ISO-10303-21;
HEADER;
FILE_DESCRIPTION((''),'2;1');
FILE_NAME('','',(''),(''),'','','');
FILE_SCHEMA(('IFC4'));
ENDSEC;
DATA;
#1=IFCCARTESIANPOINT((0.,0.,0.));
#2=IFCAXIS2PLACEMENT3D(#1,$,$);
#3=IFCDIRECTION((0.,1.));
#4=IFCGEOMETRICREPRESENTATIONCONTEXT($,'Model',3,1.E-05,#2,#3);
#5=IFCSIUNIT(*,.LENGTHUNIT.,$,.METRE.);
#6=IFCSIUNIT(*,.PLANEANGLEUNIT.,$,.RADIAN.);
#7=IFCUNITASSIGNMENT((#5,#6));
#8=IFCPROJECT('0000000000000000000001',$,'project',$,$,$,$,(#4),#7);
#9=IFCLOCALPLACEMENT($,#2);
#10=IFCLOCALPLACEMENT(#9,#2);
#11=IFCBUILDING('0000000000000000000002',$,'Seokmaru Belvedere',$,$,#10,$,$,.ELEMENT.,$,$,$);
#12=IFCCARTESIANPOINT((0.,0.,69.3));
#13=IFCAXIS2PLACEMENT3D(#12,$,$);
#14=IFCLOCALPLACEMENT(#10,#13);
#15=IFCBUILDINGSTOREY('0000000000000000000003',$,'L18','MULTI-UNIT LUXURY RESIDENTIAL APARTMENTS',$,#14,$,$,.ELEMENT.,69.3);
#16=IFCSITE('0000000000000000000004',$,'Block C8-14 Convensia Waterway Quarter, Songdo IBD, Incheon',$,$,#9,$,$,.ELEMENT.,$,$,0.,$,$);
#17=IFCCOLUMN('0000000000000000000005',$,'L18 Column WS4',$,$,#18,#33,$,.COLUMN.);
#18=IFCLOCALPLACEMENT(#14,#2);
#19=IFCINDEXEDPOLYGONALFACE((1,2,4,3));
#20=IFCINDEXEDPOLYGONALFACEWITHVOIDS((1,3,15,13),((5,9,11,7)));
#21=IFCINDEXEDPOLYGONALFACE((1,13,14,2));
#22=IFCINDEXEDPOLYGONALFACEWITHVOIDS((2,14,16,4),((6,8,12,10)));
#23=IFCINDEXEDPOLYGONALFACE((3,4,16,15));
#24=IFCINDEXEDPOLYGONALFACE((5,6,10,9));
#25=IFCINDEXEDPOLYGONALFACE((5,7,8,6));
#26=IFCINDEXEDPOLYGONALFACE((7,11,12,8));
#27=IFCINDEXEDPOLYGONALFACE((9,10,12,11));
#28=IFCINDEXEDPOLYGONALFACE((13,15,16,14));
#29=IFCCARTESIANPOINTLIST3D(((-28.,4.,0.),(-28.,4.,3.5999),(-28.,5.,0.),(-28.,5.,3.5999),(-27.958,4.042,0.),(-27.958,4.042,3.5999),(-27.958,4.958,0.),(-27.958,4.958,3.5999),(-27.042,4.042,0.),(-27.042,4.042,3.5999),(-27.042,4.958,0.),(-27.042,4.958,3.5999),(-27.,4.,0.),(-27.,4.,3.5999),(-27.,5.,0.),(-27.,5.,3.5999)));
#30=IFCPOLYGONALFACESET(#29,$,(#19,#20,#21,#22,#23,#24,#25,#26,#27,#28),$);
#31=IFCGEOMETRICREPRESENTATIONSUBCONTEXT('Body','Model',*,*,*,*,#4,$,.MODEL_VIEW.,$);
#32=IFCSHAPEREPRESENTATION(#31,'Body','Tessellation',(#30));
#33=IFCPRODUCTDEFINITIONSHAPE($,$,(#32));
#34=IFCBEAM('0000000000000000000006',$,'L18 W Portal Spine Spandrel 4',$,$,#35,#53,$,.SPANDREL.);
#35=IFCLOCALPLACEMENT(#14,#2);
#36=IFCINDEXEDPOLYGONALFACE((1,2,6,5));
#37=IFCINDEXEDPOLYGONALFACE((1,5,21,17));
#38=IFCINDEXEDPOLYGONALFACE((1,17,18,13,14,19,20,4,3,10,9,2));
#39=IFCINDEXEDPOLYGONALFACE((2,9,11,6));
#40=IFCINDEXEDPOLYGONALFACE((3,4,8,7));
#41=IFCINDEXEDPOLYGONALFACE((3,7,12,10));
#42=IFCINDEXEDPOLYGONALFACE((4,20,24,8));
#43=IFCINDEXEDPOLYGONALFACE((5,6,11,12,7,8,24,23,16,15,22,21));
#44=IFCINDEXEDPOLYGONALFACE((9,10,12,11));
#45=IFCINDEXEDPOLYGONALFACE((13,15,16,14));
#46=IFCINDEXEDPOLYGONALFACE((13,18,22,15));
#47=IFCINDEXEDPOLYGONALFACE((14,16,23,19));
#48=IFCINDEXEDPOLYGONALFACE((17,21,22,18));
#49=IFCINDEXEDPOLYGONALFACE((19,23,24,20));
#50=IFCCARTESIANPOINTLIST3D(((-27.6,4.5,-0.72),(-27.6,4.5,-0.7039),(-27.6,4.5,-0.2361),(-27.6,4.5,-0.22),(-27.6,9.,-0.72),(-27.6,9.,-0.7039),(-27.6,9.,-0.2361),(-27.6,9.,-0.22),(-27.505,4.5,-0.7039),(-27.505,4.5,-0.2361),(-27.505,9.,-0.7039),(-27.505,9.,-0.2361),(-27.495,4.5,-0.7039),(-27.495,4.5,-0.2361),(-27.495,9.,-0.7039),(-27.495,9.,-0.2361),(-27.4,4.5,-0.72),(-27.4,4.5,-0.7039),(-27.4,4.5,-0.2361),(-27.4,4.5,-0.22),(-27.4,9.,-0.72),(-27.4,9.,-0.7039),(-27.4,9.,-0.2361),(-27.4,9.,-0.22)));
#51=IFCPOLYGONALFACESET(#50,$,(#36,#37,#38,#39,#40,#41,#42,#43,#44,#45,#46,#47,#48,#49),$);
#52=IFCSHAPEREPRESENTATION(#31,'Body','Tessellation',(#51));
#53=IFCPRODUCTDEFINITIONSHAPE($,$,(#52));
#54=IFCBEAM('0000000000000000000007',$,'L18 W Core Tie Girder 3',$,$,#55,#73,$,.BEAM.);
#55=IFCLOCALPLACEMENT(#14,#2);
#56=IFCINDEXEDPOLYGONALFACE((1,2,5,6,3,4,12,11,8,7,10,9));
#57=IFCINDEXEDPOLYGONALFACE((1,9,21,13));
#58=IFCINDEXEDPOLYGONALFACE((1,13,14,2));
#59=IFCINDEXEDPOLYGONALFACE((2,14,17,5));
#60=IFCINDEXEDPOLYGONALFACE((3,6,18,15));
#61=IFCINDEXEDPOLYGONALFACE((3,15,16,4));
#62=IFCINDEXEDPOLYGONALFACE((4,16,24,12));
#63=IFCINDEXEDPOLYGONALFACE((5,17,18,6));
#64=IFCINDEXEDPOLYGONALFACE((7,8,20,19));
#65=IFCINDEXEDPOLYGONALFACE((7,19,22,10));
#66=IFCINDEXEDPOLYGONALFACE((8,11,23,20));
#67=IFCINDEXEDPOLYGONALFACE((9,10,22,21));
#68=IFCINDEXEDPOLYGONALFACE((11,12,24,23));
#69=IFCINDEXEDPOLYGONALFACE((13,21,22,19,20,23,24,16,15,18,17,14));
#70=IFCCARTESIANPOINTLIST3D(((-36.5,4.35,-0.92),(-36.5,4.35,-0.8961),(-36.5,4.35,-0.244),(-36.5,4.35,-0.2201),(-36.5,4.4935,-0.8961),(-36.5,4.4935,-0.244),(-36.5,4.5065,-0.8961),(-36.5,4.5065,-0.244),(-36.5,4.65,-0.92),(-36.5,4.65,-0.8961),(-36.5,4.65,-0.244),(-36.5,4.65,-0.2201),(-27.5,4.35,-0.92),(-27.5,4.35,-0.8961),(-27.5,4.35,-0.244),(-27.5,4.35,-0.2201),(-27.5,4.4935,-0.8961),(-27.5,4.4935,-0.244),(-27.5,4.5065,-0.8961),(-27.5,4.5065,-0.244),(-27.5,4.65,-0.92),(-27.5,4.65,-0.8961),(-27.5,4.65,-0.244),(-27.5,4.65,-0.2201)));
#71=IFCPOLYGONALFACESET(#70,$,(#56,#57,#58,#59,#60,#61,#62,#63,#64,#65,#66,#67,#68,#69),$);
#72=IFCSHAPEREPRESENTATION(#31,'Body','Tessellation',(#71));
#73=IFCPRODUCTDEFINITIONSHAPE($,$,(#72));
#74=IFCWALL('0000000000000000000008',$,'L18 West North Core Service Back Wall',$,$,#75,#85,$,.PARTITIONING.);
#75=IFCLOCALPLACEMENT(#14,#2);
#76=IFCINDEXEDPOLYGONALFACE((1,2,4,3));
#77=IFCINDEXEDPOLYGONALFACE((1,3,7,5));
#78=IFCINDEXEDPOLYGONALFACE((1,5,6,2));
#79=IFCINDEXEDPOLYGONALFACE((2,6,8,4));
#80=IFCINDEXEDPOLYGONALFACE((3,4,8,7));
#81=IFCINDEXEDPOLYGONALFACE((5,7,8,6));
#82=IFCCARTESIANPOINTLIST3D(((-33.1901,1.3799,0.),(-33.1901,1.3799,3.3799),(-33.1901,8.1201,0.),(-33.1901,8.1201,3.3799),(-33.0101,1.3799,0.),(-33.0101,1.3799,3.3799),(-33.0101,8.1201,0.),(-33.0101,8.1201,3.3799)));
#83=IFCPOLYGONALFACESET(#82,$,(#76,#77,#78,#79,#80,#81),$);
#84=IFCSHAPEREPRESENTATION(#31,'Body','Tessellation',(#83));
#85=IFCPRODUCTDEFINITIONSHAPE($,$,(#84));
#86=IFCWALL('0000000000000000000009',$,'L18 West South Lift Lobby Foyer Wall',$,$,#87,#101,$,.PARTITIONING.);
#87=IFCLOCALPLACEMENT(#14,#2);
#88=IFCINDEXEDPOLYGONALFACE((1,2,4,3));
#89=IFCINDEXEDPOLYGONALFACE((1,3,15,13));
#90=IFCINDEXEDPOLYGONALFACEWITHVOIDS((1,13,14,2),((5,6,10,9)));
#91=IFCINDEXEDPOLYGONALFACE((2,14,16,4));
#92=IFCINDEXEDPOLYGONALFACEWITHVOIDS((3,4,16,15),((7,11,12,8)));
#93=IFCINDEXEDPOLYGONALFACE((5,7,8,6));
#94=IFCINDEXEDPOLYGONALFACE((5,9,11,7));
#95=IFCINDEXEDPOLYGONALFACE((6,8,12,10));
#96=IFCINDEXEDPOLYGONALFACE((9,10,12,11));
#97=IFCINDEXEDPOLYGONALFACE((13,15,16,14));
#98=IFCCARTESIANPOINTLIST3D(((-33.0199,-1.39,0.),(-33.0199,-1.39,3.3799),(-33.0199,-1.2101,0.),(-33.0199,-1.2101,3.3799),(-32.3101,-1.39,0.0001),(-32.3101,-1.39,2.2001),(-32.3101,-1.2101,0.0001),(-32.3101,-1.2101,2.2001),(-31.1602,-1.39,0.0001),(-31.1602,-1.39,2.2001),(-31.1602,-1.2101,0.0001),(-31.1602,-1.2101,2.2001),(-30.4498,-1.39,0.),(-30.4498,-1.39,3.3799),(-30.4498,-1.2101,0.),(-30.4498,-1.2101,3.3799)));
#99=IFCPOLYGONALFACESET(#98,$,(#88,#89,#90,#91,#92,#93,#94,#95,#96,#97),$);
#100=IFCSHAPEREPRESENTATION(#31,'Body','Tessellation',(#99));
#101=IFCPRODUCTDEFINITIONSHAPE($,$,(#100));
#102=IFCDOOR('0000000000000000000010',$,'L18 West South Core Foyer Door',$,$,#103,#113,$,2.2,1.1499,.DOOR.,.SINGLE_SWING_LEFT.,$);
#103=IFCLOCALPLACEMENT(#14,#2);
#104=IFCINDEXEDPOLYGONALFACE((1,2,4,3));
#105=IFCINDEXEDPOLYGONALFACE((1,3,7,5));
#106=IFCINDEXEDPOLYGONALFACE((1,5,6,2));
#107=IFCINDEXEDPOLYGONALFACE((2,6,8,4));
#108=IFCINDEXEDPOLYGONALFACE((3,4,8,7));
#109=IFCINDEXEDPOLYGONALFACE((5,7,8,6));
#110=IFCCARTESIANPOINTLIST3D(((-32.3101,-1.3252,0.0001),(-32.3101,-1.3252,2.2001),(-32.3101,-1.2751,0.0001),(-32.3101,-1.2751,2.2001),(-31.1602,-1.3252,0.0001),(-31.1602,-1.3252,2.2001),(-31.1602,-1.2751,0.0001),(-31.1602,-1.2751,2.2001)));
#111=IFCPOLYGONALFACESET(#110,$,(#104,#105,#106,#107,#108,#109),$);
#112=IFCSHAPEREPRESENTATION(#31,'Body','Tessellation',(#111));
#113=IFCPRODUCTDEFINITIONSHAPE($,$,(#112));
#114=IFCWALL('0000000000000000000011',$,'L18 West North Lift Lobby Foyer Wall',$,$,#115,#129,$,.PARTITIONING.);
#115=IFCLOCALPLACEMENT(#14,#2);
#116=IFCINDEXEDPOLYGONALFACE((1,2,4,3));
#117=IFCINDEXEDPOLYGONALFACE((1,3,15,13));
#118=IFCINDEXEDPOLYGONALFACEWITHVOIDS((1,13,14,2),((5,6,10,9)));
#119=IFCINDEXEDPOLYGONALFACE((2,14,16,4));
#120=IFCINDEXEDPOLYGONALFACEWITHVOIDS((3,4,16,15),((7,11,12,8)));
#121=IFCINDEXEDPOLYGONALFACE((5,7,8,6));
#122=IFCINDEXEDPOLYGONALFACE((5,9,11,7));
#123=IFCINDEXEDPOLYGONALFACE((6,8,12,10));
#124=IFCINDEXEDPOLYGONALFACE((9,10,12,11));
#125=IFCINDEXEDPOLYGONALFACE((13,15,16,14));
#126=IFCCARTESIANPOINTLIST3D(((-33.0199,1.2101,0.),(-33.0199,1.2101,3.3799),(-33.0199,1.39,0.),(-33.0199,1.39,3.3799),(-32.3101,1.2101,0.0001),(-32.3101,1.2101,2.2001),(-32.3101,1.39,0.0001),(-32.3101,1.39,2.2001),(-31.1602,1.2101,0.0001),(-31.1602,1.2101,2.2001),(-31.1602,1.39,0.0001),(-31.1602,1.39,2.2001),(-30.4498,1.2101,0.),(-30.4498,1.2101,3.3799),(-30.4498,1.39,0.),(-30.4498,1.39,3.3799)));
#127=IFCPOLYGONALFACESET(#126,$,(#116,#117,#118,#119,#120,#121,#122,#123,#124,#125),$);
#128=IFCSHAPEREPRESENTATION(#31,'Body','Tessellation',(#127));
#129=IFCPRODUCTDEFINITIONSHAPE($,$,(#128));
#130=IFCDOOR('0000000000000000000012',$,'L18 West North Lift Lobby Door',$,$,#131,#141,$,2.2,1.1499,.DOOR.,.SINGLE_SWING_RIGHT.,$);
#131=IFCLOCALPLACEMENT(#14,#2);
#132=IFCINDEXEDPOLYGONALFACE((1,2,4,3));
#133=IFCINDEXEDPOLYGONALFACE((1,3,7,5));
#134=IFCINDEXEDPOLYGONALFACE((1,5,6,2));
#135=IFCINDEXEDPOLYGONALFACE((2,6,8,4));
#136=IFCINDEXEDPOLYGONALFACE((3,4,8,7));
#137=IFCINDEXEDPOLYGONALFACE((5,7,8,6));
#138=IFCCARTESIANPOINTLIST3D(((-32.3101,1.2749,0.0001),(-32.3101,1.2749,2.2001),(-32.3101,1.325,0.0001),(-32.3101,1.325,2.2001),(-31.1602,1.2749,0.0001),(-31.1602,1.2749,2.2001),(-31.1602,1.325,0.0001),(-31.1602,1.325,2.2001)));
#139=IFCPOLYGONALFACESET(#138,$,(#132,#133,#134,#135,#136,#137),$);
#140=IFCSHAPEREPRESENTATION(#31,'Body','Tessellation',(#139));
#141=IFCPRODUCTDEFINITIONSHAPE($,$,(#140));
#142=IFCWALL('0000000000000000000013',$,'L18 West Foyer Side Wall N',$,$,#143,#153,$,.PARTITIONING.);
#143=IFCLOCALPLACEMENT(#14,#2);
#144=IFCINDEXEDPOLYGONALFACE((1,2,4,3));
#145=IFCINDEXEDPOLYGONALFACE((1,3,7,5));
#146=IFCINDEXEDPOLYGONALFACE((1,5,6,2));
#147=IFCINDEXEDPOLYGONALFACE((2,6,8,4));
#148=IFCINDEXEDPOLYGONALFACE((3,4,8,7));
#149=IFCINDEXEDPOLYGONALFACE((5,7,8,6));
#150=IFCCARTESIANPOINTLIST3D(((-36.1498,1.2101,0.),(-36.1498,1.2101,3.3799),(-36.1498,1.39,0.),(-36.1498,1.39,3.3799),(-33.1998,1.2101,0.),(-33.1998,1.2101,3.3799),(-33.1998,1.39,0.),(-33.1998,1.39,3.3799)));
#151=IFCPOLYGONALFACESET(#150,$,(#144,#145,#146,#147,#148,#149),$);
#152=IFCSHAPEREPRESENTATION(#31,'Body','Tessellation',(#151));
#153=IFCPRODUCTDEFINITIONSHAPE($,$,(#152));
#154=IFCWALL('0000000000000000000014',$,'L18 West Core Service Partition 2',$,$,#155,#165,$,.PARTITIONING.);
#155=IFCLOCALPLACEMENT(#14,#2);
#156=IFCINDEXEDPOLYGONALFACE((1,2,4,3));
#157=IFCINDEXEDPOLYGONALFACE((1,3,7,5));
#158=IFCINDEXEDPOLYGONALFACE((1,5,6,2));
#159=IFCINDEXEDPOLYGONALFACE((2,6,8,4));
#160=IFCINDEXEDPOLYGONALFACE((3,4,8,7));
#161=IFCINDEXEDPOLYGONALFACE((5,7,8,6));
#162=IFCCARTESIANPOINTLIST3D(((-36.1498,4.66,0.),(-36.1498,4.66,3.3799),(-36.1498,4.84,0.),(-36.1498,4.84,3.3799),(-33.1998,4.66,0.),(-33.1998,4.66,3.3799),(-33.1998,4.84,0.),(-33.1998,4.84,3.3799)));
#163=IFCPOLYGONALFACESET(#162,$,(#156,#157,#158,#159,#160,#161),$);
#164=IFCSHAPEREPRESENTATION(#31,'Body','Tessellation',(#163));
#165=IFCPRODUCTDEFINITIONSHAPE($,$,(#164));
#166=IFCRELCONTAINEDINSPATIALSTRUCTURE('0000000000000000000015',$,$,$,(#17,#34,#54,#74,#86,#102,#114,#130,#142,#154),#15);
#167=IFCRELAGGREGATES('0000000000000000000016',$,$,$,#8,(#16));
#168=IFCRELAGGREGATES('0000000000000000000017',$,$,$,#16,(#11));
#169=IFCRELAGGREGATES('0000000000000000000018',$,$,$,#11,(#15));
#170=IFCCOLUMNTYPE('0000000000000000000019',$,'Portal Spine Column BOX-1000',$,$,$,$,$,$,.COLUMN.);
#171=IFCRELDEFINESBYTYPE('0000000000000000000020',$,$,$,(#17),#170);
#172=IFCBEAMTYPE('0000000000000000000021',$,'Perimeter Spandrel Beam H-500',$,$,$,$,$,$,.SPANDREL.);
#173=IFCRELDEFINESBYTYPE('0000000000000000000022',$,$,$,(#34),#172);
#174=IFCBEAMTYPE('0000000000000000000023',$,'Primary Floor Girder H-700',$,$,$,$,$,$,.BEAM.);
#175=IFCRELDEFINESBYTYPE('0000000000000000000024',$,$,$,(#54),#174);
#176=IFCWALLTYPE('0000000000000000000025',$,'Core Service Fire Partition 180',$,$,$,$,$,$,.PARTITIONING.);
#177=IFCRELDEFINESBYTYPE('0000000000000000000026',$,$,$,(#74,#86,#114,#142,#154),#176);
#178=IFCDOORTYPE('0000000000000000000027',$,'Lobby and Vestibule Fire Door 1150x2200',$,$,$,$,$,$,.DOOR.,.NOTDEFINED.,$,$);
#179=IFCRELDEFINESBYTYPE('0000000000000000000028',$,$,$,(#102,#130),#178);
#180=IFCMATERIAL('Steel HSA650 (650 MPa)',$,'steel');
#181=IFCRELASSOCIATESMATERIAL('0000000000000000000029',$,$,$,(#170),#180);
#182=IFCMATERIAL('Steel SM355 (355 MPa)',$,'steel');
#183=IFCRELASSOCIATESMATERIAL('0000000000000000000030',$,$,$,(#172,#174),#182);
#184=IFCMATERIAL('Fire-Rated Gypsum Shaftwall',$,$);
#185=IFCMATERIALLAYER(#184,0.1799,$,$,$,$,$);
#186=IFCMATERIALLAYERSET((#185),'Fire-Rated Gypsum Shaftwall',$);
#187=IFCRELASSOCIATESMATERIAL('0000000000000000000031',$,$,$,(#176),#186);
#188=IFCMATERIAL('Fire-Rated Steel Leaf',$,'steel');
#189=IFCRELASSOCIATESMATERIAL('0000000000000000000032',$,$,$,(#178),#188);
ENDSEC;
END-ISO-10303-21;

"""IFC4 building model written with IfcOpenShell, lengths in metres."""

from ifc_helpers import new_model, si_unit, direction, frame, frame_2d, origin, origin_2d, place, context, subcontext, project, spatial, rectangle, hollow_rectangle, i_section, extrude, source, transform, mapped, material, layer, layer_set, material_profile, profile_set, type_object, type_shapes, element, fill, save


model = new_model("IFC4")

# Units and contexts
model_context = context("Model", 3, precision=1e-05, world=origin(), true_north=direction((0.0, 1.0)))
body_context = subcontext(model_context, "Body", "Model", "MODEL_VIEW")
ifc_project = project(units=[si_unit("LENGTHUNIT", "METRE"), si_unit("PLANEANGLEUNIT", "RADIAN")], contexts=[model_context])

# Site, building, storey
site_placement = place(None, origin())
site = spatial("IfcSite", under=ifc_project, at=site_placement, Name="Block C8-14 Convensia Waterway Quarter, Songdo IBD, Incheon", CompositionType="ELEMENT", RefElevation=0.0)
building_placement = place(site_placement, origin())
building = spatial("IfcBuilding", under=site, at=building_placement, Name="Seokmaru Belvedere", CompositionType="ELEMENT")
storey_placement = place(building_placement, frame((0.0, 0.0, 69.3)))
storey = spatial("IfcBuildingStorey", under=building, at=storey_placement, Name="L18", Description="MULTI-UNIT LUXURY RESIDENTIAL APARTMENTS", CompositionType="ELEMENT", Elevation=69.3)

# Column
ifc_material_1 = material(Name="Steel HSA650 (650 MPa)", Category="steel")
ifc_material_profile_1 = material_profile(ifc_material_1, hollow_rectangle(XDim=1.0, YDim=1.0, WallThickness=0.042, at=origin_2d()), Name="BOX-1000x1000x42")
ifc_profile_set_1 = profile_set([ifc_material_profile_1], Name="Steel HSA650 (650 MPa)")
column_type = type_object("IfcColumnType", Name="Portal Spine Column BOX-1000", PredefinedType="COLUMN", material=ifc_profile_set_1)
shared_shape_1 = source(origin(), body_context, "Body", "SweptSolid", [
    extrude(hollow_rectangle(XDim=1.0, YDim=1.0, WallThickness=0.042, at=origin_2d()), origin(), (0.0, 0.0, 1.0), 3.5999),
])
type_shapes(column_type, [shared_shape_1])
column_placement = place(storey_placement, frame((-27.5, 4.5, 0.0), z_axis=(0.0, 0.0, 1.0), x_axis=(1.0, 0.0, 0.0)))
element("IfcColumn", 1, at=column_placement, inside=storey, type_object=column_type, Name="L18 Column WS4", PredefinedType="COLUMN", context=body_context, shape_type="MappedRepresentation", body=[
    mapped(shared_shape_1, transform((0.0, 0.0, 0.0), scale=1.0)),
])

# Beams
ifc_material_2 = material(Name="Steel SM355 (355 MPa)", Category="steel")
ifc_material_profile_2 = material_profile(ifc_material_2, i_section(OverallWidth=0.2, OverallDepth=0.5, WebThickness=0.01, FlangeThickness=0.0161, at=origin_2d()), Name="H-500x200x10x16")
ifc_profile_set_2 = profile_set([ifc_material_profile_2], Name="Steel SM355 (355 MPa)")
beam_type_1 = type_object("IfcBeamType", Name="Perimeter Spandrel Beam H-500", PredefinedType="SPANDREL", material=ifc_profile_set_2)
shared_shape_2 = source(origin(), body_context, "Body", "SweptSolid", [
    extrude(i_section(OverallWidth=0.2, OverallDepth=0.5, WebThickness=0.01, FlangeThickness=0.0161, at=origin_2d()), origin(), (0.0, 0.0, 1.0), 4.5),
])
type_shapes(beam_type_1, [shared_shape_2])
beam_1_placement = place(storey_placement, frame((-27.5, 4.5, -0.47), z_axis=(0.0, 1.0, 0.0), x_axis=(-1.0, 0.0, 0.0)))
element("IfcBeam", 2, at=beam_1_placement, inside=storey, type_object=beam_type_1, Name="L18 W Portal Spine Spandrel 4", PredefinedType="SPANDREL", context=body_context, shape_type="MappedRepresentation", body=[
    mapped(shared_shape_2, transform((0.0, 0.0, 0.0), scale=1.0)),
])
ifc_material_profile_3 = material_profile(ifc_material_2, i_section(OverallWidth=0.3, OverallDepth=0.7, WebThickness=0.0129, FlangeThickness=0.0239, at=origin_2d()), Name="H-700x300x13x24")
ifc_profile_set_3 = profile_set([ifc_material_profile_3], Name="Steel SM355 (355 MPa)")
beam_type_2 = type_object("IfcBeamType", Name="Primary Floor Girder H-700", PredefinedType="BEAM", material=ifc_profile_set_3)
shared_shape_3 = source(origin(), body_context, "Body", "SweptSolid", [
    extrude(i_section(OverallWidth=0.3, OverallDepth=0.7, WebThickness=0.0129, FlangeThickness=0.0239, at=origin_2d()), origin(), (0.0, 0.0, 1.0), 9.0),
])
type_shapes(beam_type_2, [shared_shape_3])
beam_2_placement = place(storey_placement, frame((-36.5, 4.5, -0.5701), z_axis=(1.0, 0.0, 0.0), x_axis=(0.0, 1.0, 0.0)))
element("IfcBeam", 3, at=beam_2_placement, inside=storey, type_object=beam_type_2, Name="L18 W Core Tie Girder 3", PredefinedType="BEAM", context=body_context, shape_type="MappedRepresentation", body=[
    mapped(shared_shape_3, transform((0.0, 0.0, 0.0), scale=1.0)),
])

# Wall
ifc_material_3 = material(Name="Fire-Rated Gypsum Shaftwall")
ifc_layer_1 = layer(ifc_material_3, 0.1799)
ifc_layer_set_1 = layer_set([ifc_layer_1], Name="Fire-Rated Gypsum Shaftwall")
wall_type_1 = type_object("IfcWallType", Name="Core Service Fire Partition 180", PredefinedType="PARTITIONING", material=ifc_layer_set_1)
wall_1_placement = place(storey_placement, frame((-33.1001, 1.3799, 0.0), z_axis=(0.0, 0.0, 1.0), x_axis=(0.0, 1.0, 0.0)))
element("IfcWall", 4, at=wall_1_placement, inside=storey, type_object=wall_type_1, Name="L18 West North Core Service Back Wall", PredefinedType="PARTITIONING", context=body_context, shape_type="SweptSolid", body=[
    extrude(rectangle(XDim=6.7402, YDim=0.1799, at=frame_2d((3.3701, 0.0))), origin(), (0.0, 0.0, 1.0), 3.3799),
])

# Walls, openings, doors
wall_2_placement = place(storey_placement, frame((-33.02, -1.3, 0.0), z_axis=(0.0, 0.0, 1.0), x_axis=(1.0, 0.0, 0.0)))
wall_2 = element("IfcWall", 5, at=wall_2_placement, inside=storey, type_object=wall_type_1, Name="L18 West South Lift Lobby Foyer Wall", PredefinedType="PARTITIONING", context=body_context, shape_type="SweptSolid", body=[
    extrude(rectangle(XDim=2.5701, YDim=0.1799, at=frame_2d((1.2852, 0.0))), origin(), (0.0, 0.0, 1.0), 3.3799),
])
opening_1_placement = place(wall_2_placement, frame((0.71, 0.0, 0.0)))
opening_1 = element("IfcOpeningElement", 6, at=opening_1_placement, cuts=wall_2, PredefinedType="OPENING", context=body_context, shape_type="SweptSolid", body=[
    extrude(rectangle(XDim=1.1499, YDim=2.2, at=frame_2d((0.575, 1.1001))), frame((0.0, 0.1001, 0.0), z_axis=(0.0, -1.0, 0.0), x_axis=(1.0, 0.0, 0.0)), (0.0, 0.0, 1.0), 0.2),
])
ifc_material_4 = material(Name="Fire-Rated Steel Leaf", Category="steel")
door_type_1 = type_object("IfcDoorType", Name="Lobby and Vestibule Fire Door 1150x2200", OperationType="NOTDEFINED", PredefinedType="DOOR", material=ifc_material_4)
shared_shape_4 = source(origin(), body_context, "Body", "SweptSolid", [
    extrude(rectangle(XDim=1.1499, YDim=2.2, at=frame_2d((0.575, 1.1001))), frame((0.0, 0.0249, 0.0), z_axis=(0.0, -1.0, 0.0), x_axis=(1.0, 0.0, 0.0)), (0.0, 0.0, 1.0), 0.05),
])
type_shapes(door_type_1, [shared_shape_4])
door_1_placement = place(opening_1_placement, origin())
door_1 = element("IfcDoor", 7, at=door_1_placement, inside=storey, type_object=door_type_1, Name="L18 West South Core Foyer Door", OperationType="SINGLE_SWING_LEFT", OverallHeight=2.2, OverallWidth=1.1499, PredefinedType="DOOR", context=body_context, shape_type="MappedRepresentation", body=[
    mapped(shared_shape_4, transform((0.0, 0.0, 0.0), scale=1.0)),
])
fill(opening_1, door_1)
wall_3_placement = place(storey_placement, frame((-33.02, 1.3, 0.0), z_axis=(0.0, 0.0, 1.0), x_axis=(1.0, 0.0, 0.0)))
wall_3 = element("IfcWall", 8, at=wall_3_placement, inside=storey, type_object=wall_type_1, Name="L18 West North Lift Lobby Foyer Wall", PredefinedType="PARTITIONING", context=body_context, shape_type="SweptSolid", body=[
    extrude(rectangle(XDim=2.5701, YDim=0.1799, at=frame_2d((1.2852, 0.0))), origin(), (0.0, 0.0, 1.0), 3.3799),
])
opening_2_placement = place(wall_3_placement, frame((0.71, 0.0, 0.0)))
opening_2 = element("IfcOpeningElement", 9, at=opening_2_placement, cuts=wall_3, PredefinedType="OPENING", context=body_context, shape_type="SweptSolid", body=[
    extrude(rectangle(XDim=1.1499, YDim=2.2, at=frame_2d((0.575, 1.1001))), frame((0.0, 0.1001, 0.0), z_axis=(0.0, -1.0, 0.0), x_axis=(1.0, 0.0, 0.0)), (0.0, 0.0, 1.0), 0.2),
])
door_2_placement = place(opening_2_placement, origin())
door_2 = element("IfcDoor", 10, at=door_2_placement, inside=storey, type_object=door_type_1, Name="L18 West North Lift Lobby Door", OperationType="SINGLE_SWING_RIGHT", OverallHeight=2.2, OverallWidth=1.1499, PredefinedType="DOOR", context=body_context, shape_type="MappedRepresentation", body=[
    mapped(shared_shape_4, transform((0.0, 0.0, 0.0), scale=1.0)),
])
fill(opening_2, door_2)

# Walls
for number, where, z_axis, x_axis, name in (
    (11, (-36.1499, 1.3, 0.0), (0.0, 0.0, 1.0), (1.0, 0.0, 0.0), "L18 West Foyer Side Wall N"),
    (12, (-36.1499, 4.75, 0.0), (0.0, 0.0, 1.0), (1.0, 0.0, 0.0), "L18 West Core Service Partition 2"),
):
    element("IfcWall", number, at=place(storey_placement, frame(where, z_axis=z_axis, x_axis=x_axis)), inside=storey, type_object=wall_type_1, Name=name, PredefinedType="PARTITIONING", context=body_context, shape_type="SweptSolid", body=[
        extrude(rectangle(XDim=2.95, YDim=0.1799, at=frame_2d((1.4751, 0.0))), origin(), (0.0, 0.0, 1.0), 3.3799),
    ])

save(model, "model.ifc")
